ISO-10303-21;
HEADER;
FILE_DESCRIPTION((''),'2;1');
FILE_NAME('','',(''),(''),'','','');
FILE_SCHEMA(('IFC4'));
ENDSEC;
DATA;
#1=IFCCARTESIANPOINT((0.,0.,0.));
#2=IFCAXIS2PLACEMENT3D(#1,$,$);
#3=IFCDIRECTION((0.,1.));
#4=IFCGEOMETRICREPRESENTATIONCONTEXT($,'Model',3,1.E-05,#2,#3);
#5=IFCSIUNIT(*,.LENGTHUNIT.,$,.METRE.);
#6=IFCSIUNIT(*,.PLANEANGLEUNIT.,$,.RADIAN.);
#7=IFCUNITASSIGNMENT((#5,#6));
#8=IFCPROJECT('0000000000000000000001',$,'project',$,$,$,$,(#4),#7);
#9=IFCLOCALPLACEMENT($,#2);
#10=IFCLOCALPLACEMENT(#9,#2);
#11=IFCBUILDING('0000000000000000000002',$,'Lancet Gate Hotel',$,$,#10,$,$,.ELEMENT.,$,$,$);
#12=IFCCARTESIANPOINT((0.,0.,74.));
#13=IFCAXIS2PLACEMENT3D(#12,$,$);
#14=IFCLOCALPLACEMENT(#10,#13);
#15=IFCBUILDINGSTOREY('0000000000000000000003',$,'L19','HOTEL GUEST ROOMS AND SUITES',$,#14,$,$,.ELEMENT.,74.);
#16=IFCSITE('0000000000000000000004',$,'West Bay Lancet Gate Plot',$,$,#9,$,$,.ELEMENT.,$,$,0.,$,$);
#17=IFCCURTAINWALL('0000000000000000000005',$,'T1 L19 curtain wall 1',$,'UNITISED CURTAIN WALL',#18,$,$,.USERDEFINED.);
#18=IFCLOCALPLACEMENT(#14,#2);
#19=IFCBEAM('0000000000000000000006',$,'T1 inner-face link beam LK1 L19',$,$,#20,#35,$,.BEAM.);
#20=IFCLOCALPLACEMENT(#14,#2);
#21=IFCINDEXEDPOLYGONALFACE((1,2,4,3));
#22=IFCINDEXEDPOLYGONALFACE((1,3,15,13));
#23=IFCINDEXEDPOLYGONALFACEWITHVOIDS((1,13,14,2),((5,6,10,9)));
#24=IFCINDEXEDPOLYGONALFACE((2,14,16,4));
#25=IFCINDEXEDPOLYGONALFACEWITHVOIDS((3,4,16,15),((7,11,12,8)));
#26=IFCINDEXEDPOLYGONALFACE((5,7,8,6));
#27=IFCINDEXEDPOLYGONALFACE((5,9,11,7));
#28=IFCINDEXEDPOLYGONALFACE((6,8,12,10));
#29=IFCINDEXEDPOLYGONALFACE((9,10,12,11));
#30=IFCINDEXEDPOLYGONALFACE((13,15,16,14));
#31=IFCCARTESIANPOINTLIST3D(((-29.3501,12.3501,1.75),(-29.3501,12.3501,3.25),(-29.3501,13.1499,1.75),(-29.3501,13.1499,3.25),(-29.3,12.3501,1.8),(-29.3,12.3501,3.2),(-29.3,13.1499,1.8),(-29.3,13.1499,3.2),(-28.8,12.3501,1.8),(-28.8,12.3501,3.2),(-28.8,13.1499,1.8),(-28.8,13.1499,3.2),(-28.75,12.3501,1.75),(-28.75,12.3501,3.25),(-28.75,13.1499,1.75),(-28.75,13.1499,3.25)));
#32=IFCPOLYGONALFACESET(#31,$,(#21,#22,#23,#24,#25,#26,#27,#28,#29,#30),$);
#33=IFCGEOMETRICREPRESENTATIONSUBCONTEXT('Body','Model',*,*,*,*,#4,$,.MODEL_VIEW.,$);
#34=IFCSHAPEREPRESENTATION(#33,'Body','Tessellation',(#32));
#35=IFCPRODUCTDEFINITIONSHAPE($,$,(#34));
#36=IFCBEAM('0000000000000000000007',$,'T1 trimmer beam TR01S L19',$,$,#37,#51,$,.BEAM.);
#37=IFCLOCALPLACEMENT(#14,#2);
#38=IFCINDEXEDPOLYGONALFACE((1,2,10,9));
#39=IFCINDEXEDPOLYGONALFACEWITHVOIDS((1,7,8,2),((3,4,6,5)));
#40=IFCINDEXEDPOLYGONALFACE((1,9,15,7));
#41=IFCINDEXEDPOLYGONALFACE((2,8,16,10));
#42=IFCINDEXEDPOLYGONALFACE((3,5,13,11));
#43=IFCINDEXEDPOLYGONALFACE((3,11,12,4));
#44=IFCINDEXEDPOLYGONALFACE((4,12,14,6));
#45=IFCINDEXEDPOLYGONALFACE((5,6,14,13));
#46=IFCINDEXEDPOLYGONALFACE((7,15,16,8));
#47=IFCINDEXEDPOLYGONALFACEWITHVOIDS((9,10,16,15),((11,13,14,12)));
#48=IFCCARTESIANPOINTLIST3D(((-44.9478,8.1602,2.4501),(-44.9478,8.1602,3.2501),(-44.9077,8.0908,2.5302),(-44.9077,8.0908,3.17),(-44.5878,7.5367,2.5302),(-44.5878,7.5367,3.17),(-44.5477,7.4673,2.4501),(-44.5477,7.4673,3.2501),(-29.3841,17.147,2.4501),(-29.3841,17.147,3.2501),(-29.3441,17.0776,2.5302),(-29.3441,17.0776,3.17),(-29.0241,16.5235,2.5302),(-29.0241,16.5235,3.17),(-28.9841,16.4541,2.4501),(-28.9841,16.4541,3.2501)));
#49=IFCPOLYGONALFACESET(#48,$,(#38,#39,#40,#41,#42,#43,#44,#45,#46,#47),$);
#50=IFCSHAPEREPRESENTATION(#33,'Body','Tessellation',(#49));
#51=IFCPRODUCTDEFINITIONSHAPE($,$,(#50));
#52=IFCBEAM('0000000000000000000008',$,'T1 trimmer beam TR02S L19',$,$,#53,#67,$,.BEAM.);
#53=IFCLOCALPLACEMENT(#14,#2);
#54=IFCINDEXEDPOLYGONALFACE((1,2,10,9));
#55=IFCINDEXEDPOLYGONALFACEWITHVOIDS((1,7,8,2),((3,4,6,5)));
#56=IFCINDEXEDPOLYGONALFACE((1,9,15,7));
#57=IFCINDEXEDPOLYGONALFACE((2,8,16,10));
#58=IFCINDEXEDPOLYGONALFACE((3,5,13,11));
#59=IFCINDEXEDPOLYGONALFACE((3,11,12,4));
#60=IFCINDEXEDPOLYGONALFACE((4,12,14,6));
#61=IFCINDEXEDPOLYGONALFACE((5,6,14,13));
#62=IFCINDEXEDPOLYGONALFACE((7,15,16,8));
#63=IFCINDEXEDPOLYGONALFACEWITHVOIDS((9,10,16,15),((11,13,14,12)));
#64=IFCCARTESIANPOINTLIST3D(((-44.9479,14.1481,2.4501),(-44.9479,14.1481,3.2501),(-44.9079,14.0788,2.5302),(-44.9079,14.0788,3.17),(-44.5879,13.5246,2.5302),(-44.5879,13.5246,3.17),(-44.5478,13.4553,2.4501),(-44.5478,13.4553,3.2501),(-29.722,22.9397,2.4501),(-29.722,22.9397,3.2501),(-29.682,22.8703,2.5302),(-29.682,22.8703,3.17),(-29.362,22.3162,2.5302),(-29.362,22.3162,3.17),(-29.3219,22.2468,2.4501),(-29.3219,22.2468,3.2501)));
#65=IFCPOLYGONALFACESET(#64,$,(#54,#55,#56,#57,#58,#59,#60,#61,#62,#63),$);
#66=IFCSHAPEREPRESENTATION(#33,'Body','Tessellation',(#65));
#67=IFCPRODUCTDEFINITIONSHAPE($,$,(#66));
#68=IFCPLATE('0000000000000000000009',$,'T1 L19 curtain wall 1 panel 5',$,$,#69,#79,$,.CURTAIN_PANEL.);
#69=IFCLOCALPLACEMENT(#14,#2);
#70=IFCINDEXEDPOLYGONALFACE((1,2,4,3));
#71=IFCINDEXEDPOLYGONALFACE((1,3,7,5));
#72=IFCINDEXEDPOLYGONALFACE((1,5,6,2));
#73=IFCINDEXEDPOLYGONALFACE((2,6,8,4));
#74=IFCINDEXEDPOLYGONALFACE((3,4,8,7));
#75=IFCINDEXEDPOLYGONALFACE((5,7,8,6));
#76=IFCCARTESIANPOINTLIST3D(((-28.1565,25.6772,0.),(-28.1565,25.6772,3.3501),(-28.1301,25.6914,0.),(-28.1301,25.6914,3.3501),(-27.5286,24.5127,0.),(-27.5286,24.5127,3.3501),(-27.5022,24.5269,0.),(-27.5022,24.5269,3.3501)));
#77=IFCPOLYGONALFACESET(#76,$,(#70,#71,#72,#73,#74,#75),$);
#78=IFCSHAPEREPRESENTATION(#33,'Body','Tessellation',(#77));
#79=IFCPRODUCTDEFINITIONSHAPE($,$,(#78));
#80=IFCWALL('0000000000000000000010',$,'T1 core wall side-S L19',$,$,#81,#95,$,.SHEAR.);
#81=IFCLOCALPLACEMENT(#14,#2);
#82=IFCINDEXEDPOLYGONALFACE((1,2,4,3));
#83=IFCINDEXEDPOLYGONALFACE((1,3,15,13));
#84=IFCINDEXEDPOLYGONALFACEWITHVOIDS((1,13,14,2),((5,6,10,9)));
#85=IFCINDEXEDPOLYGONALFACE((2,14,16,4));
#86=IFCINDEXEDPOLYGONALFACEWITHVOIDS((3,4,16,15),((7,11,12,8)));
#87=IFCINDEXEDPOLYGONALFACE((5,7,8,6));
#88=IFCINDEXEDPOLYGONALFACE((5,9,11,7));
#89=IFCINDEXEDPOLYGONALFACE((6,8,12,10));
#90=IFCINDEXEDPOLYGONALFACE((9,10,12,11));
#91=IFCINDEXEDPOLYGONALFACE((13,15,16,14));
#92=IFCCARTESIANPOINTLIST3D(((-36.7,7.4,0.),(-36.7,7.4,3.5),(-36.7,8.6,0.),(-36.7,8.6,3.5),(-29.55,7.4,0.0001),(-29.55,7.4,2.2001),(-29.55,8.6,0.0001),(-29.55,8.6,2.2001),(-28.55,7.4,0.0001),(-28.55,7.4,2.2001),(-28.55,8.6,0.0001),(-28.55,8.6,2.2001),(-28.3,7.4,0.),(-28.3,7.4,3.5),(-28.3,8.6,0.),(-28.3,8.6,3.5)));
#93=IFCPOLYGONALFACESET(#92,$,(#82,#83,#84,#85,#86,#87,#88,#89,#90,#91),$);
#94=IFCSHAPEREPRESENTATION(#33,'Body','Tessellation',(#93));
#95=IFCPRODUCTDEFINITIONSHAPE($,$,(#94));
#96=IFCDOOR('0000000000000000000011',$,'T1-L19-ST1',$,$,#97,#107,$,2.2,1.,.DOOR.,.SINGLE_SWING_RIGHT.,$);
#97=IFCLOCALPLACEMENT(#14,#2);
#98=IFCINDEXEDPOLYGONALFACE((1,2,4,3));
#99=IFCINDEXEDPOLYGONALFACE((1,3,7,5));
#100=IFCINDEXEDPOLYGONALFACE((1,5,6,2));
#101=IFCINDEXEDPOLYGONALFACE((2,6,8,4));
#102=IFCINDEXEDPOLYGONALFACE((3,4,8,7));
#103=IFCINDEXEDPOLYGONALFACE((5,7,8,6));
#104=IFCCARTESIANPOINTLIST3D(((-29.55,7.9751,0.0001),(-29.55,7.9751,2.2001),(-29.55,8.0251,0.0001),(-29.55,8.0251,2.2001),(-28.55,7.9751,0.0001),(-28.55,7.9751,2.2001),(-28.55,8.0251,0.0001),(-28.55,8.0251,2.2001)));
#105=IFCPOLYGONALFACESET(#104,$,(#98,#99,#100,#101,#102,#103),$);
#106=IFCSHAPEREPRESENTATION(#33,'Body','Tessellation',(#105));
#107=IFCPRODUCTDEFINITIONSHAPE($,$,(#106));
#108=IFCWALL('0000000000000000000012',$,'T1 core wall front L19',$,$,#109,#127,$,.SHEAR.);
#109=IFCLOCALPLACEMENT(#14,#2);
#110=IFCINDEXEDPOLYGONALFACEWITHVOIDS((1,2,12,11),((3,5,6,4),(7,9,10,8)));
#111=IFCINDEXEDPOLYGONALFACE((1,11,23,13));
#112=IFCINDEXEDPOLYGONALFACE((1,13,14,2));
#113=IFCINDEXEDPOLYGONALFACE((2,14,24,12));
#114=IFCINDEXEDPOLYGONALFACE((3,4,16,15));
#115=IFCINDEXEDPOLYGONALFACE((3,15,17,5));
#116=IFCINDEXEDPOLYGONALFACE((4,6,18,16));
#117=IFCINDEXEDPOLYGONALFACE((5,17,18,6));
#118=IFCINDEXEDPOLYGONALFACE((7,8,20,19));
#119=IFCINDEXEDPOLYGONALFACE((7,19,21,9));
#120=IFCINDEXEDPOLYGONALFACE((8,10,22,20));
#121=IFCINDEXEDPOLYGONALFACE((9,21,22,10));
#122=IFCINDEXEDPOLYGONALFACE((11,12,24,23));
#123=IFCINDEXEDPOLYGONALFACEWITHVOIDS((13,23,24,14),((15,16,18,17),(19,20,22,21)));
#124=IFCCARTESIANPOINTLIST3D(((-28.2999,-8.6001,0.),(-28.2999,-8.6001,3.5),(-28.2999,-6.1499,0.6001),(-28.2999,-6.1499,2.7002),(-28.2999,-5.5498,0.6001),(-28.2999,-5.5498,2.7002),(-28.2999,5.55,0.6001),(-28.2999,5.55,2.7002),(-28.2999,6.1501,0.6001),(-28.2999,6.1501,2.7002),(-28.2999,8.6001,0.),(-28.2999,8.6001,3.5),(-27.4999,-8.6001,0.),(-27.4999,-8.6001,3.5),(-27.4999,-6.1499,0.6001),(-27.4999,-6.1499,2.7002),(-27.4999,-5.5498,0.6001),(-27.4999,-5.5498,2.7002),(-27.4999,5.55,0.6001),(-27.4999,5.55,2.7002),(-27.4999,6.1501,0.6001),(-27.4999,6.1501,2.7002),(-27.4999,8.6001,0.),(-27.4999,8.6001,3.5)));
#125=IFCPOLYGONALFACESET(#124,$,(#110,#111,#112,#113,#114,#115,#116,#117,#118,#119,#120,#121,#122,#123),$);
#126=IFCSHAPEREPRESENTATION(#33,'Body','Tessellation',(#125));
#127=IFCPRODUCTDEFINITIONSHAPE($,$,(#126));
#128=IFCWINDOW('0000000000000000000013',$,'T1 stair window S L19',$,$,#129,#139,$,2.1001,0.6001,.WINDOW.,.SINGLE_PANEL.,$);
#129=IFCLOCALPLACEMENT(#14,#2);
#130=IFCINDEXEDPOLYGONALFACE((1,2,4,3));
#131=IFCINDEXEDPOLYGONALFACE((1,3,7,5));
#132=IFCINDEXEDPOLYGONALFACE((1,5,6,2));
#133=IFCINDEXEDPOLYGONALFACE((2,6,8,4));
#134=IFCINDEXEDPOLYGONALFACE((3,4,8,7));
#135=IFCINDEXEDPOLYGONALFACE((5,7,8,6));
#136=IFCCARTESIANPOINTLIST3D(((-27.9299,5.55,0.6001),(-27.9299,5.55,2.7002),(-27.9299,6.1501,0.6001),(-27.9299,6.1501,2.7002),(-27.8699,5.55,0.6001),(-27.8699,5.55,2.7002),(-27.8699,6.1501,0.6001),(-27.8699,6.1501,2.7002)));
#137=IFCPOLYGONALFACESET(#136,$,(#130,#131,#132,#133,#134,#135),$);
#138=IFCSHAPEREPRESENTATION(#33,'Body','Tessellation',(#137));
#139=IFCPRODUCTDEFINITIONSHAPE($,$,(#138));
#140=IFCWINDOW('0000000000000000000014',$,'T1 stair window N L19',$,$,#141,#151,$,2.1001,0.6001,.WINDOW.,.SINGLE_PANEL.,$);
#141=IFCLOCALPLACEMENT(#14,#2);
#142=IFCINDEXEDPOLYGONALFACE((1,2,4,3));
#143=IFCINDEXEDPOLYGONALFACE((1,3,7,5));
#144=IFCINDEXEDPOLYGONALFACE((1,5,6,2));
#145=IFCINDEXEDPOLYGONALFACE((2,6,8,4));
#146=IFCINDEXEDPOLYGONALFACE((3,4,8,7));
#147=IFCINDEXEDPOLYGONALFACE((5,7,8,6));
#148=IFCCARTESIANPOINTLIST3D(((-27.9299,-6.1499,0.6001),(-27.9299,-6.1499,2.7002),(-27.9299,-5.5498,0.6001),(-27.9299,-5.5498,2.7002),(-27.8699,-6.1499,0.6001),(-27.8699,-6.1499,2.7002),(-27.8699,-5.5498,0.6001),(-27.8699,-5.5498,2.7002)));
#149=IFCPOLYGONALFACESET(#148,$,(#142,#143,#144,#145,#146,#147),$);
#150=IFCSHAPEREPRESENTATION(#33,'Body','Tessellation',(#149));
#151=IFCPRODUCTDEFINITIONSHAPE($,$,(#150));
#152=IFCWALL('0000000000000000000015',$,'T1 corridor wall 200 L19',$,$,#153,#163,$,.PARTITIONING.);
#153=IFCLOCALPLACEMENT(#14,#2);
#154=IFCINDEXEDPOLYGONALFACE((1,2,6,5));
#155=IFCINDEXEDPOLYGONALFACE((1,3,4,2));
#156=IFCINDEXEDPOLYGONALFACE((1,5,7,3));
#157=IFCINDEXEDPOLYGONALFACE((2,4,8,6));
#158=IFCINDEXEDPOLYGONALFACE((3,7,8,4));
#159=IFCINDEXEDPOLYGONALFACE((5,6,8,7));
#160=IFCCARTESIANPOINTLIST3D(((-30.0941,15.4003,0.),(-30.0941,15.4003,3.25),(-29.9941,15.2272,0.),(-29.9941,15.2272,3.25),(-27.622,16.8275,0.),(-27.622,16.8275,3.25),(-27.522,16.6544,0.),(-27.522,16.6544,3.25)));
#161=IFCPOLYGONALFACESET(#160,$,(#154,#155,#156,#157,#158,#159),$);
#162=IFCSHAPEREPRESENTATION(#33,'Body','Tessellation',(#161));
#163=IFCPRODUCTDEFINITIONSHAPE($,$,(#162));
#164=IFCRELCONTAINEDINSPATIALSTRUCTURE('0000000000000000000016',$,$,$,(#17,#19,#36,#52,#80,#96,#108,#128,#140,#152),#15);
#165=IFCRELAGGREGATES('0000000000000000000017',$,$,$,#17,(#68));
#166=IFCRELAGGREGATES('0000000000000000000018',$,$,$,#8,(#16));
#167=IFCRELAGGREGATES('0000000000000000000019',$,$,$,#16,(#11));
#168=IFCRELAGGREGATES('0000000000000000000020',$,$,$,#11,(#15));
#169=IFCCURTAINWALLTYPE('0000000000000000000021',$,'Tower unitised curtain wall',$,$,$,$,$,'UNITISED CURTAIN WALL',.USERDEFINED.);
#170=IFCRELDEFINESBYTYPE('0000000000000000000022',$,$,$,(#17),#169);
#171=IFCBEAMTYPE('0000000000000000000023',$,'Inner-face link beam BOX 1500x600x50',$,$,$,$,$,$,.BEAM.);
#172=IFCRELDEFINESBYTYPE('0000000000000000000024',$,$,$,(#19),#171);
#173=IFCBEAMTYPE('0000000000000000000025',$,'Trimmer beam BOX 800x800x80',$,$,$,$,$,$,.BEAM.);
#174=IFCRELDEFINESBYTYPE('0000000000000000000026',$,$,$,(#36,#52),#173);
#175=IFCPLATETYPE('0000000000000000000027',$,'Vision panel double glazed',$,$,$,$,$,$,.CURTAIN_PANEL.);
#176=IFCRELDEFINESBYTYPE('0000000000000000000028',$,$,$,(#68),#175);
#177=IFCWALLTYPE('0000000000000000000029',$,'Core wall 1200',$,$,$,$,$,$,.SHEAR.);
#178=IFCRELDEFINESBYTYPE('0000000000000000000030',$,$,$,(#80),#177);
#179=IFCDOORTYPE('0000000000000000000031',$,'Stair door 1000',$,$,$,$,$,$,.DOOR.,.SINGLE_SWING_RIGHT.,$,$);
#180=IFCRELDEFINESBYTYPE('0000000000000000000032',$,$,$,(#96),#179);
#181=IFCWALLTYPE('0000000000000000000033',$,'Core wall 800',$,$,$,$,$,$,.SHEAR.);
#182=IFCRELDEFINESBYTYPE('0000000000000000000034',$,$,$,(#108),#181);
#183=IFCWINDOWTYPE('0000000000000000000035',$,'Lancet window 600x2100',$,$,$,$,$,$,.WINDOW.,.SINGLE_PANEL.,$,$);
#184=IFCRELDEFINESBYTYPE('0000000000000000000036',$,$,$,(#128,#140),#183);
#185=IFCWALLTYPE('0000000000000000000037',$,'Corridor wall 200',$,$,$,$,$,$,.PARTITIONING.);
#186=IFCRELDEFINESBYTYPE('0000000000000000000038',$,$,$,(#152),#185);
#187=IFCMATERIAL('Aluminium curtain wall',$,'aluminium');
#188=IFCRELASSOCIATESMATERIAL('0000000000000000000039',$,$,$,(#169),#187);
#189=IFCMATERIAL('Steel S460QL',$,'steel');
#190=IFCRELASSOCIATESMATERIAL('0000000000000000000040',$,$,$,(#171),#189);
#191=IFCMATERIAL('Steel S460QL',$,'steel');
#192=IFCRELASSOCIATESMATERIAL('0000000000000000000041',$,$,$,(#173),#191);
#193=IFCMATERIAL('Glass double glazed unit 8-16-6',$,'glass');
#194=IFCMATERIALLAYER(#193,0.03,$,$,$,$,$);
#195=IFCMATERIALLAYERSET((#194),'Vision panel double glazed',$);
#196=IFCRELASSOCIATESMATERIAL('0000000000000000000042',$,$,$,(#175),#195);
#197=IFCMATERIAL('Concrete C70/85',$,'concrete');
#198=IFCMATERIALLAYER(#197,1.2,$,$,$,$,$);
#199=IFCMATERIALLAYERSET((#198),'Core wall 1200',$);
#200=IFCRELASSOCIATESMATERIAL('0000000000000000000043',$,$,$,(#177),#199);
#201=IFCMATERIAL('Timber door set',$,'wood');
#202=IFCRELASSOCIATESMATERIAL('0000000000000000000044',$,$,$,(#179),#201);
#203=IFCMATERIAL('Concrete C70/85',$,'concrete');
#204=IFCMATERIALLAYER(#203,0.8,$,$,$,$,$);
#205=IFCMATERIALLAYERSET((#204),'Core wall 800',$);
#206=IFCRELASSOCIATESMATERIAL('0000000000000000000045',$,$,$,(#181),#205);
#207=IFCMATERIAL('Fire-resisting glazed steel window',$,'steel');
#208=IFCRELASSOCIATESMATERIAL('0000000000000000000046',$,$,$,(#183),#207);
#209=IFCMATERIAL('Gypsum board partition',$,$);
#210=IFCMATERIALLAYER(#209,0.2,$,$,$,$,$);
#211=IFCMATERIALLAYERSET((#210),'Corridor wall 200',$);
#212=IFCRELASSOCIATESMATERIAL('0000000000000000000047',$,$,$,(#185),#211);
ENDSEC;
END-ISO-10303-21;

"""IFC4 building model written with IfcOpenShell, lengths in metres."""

from ifc_helpers import new_model, si_unit, direction, frame, frame_2d, origin, origin_2d, place, context, subcontext, project, spatial, rectangle, hollow_rectangle, extrude, material, layer, layer_set, material_profile, profile_set, type_object, element, fill, aggregate, save


model = new_model("IFC4")

# Units and contexts
model_context = context("Model", 3, precision=1e-05, world=origin(), true_north=direction((0.0, 1.0)))
body_context = subcontext(model_context, "Body", "Model", "MODEL_VIEW")
ifc_project = project(units=[si_unit("LENGTHUNIT", "METRE"), si_unit("PLANEANGLEUNIT", "RADIAN")], contexts=[model_context])

# Site, building, storey
site_placement = place(None, origin())
site = spatial("IfcSite", under=ifc_project, at=site_placement, Name="West Bay Lancet Gate Plot", CompositionType="ELEMENT", RefElevation=0.0)
building_placement = place(site_placement, origin())
building = spatial("IfcBuilding", under=site, at=building_placement, Name="Lancet Gate Hotel", CompositionType="ELEMENT")
storey_placement = place(building_placement, frame((0.0, 0.0, 74.0)))
storey = spatial("IfcBuildingStorey", under=building, at=storey_placement, Name="L19", Description="HOTEL GUEST ROOMS AND SUITES", CompositionType="ELEMENT", Elevation=74.0)

# Curtain wall
ifc_material_1 = material(Name="Aluminium curtain wall", Category="aluminium")
curtain_wall_type = type_object("IfcCurtainWallType", Name="Tower unitised curtain wall", ElementType="UNITISED CURTAIN WALL", PredefinedType="USERDEFINED", material=ifc_material_1)
curtain_wall_placement = place(storey_placement, origin())
curtain_wall = element("IfcCurtainWall", 1, at=curtain_wall_placement, inside=storey, type_object=curtain_wall_type, Name="T1 L19 curtain wall 1", ObjectType="UNITISED CURTAIN WALL", PredefinedType="USERDEFINED")

# Beams
ifc_material_2 = material(Name="Steel S460QL", Category="steel")
ifc_material_profile_1 = material_profile(ifc_material_2, hollow_rectangle(XDim=0.6001, YDim=1.5, WallThickness=0.05, at=origin_2d()), Name="BOX 1500x600x50")
ifc_profile_set_1 = profile_set([ifc_material_profile_1], Name="Steel S460QL")
beam_type_1 = type_object("IfcBeamType", Name="Inner-face link beam BOX 1500x600x50", PredefinedType="BEAM", material=ifc_profile_set_1)
beam_1_placement = place(storey_placement, frame((-29.05, 13.1499, 2.5), z_axis=(0.0, -1.0, 0.0), x_axis=(1.0, 0.0, 0.0)))
element("IfcBeam", 2, at=beam_1_placement, inside=storey, type_object=beam_type_1, Name="T1 inner-face link beam LK1 L19", PredefinedType="BEAM", context=body_context, shape_type="SweptSolid", body=[
    extrude(hollow_rectangle(XDim=0.6001, YDim=1.5, WallThickness=0.05, at=origin_2d()), origin(), (0.0, 0.0, 1.0), 0.7998),
])
ifc_material_3 = material(Name="Steel S460QL", Category="steel")
ifc_material_profile_2 = material_profile(ifc_material_3, hollow_rectangle(XDim=0.8, YDim=0.8, WallThickness=0.0801, at=origin_2d()), Name="BOX 800x800x80")
ifc_profile_set_2 = profile_set([ifc_material_profile_2], Name="Steel S460QL")
beam_type_2 = type_object("IfcBeamType", Name="Trimmer beam BOX 800x800x80", PredefinedType="BEAM", material=ifc_profile_set_2)
beam_2_placement = place(storey_placement, frame((-29.1841, 16.8005, 2.8501), z_axis=(-0.865999, -0.500046, 0.0), x_axis=(0.500046, -0.865999, 0.0)))
element("IfcBeam", 3, at=beam_2_placement, inside=storey, type_object=beam_type_2, Name="T1 trimmer beam TR01S L19", PredefinedType="BEAM", context=body_context, shape_type="SweptSolid", body=[
    extrude(hollow_rectangle(XDim=0.8, YDim=0.8, WallThickness=0.0801, at=origin_2d()), origin(), (0.0, 0.0, 1.0), 17.9719),
])
beam_3_placement = place(storey_placement, frame((-29.522, 22.5933, 2.8501), z_axis=(-0.866004, -0.500037, 0.0), x_axis=(0.500037, -0.866004, 0.0)))
element("IfcBeam", 4, at=beam_3_placement, inside=storey, type_object=beam_type_2, Name="T1 trimmer beam TR02S L19", PredefinedType="BEAM", context=body_context, shape_type="SweptSolid", body=[
    extrude(hollow_rectangle(XDim=0.8, YDim=0.8, WallThickness=0.0801, at=origin_2d()), origin(), (0.0, 0.0, 1.0), 17.5818),
])

# Plate
ifc_material_4 = material(Name="Glass double glazed unit 8-16-6", Category="glass")
ifc_layer_1 = layer(ifc_material_4, 0.03)
ifc_layer_set_1 = layer_set([ifc_layer_1], Name="Vision panel double glazed")
plate_type = type_object("IfcPlateType", Name="Vision panel double glazed", PredefinedType="CURTAIN_PANEL", material=ifc_layer_set_1)
plate_placement = place(storey_placement, frame((-27.8293, 25.1021, 0.0), z_axis=(0.0, 0.0, 1.0), x_axis=(-0.474631, 0.880185, 0.0)))
plate = element("IfcPlate", 5, at=plate_placement, type_object=plate_type, Name="T1 L19 curtain wall 1 panel 5", PredefinedType="CURTAIN_PANEL", context=body_context, shape_type="SweptSolid", body=[
    extrude(rectangle(XDim=1.323, YDim=0.03, at=origin_2d()), origin(), (0.0, 0.0, 1.0), 3.3501),
])
aggregate(curtain_wall, [plate])

# Wall, opening, door
ifc_material_5 = material(Name="Concrete C70/85", Category="concrete")
ifc_layer_2 = layer(ifc_material_5, 1.2)
ifc_layer_set_2 = layer_set([ifc_layer_2], Name="Core wall 1200")
wall_type_1 = type_object("IfcWallType", Name="Core wall 1200", PredefinedType="SHEAR", material=ifc_layer_set_2)
wall_1_placement = place(storey_placement, frame((-28.3, 8.0, 0.0), z_axis=(0.0, 0.0, 1.0), x_axis=(-1.0, 0.0, 0.0)))
wall_1 = element("IfcWall", 6, at=wall_1_placement, inside=storey, type_object=wall_type_1, Name="T1 core wall side-S L19", PredefinedType="SHEAR", context=body_context, shape_type="SweptSolid", body=[
    extrude(rectangle(XDim=8.3999, YDim=1.2, at=frame_2d((4.2, 0.0))), origin(), (0.0, 0.0, 1.0), 3.5),
])
opening_1_placement = place(wall_1_placement, frame((0.25, 0.0, 0.0)))
opening_1 = element("IfcOpeningElement", 7, at=opening_1_placement, cuts=wall_1, PredefinedType="OPENING", context=body_context, shape_type="SweptSolid", body=[
    extrude(rectangle(XDim=1.0, YDim=2.2, at=frame_2d((0.5, 1.1001))), frame((0.0, 0.6099, 0.0), z_axis=(0.0, -1.0, 0.0), x_axis=(1.0, 0.0, 0.0)), (0.0, 0.0, 1.0), 1.22),
])
ifc_material_6 = material(Name="Timber door set", Category="wood")
door_type = type_object("IfcDoorType", Name="Stair door 1000", OperationType="SINGLE_SWING_RIGHT", PredefinedType="DOOR", material=ifc_material_6)
door_placement = place(opening_1_placement, origin())
door = element("IfcDoor", 8, at=door_placement, inside=storey, type_object=door_type, Name="T1-L19-ST1", OperationType="SINGLE_SWING_RIGHT", OverallHeight=2.2, OverallWidth=1.0, PredefinedType="DOOR", context=body_context, shape_type="SweptSolid", body=[
    extrude(rectangle(XDim=1.0, YDim=2.2, at=frame_2d((0.5, 1.1001))), frame((0.0, 0.0249, 0.0), z_axis=(0.0, -1.0, 0.0), x_axis=(1.0, 0.0, 0.0)), (0.0, 0.0, 1.0), 0.05),
])
fill(opening_1, door)

# Wall, openings, windows
ifc_material_7 = material(Name="Concrete C70/85", Category="concrete")
ifc_layer_3 = layer(ifc_material_7, 0.8)
ifc_layer_set_3 = layer_set([ifc_layer_3], Name="Core wall 800")
wall_type_2 = type_object("IfcWallType", Name="Core wall 800", PredefinedType="SHEAR", material=ifc_layer_set_3)
wall_2_placement = place(storey_placement, frame((-27.8999, 8.6001, 0.0), z_axis=(0.0, 0.0, 1.0), x_axis=(0.0, -1.0, 0.0)))
wall_2 = element("IfcWall", 9, at=wall_2_placement, inside=storey, type_object=wall_type_2, Name="T1 core wall front L19", PredefinedType="SHEAR", context=body_context, shape_type="SweptSolid", body=[
    extrude(rectangle(XDim=17.2002, YDim=0.8, at=frame_2d((8.6001, 0.0))), origin(), (0.0, 0.0, 1.0), 3.5),
])
opening_2_placement = place(wall_2_placement, frame((2.45, 0.0, 0.6001)))
opening_2 = element("IfcOpeningElement", 10, at=opening_2_placement, cuts=wall_2, PredefinedType="OPENING", context=body_context, shape_type="SweptSolid", body=[
    extrude(rectangle(XDim=0.6001, YDim=2.1001, at=frame_2d((0.3, 1.05))), frame((0.0, 0.4099, 0.0), z_axis=(0.0, -1.0, 0.0), x_axis=(1.0, 0.0, 0.0)), (0.0, 0.0, 1.0), 0.8201),
])
opening_3_placement = place(wall_2_placement, frame((14.1499, 0.0, 0.6001)))
opening_3 = element("IfcOpeningElement", 11, at=opening_3_placement, cuts=wall_2, PredefinedType="OPENING", context=body_context, shape_type="SweptSolid", body=[
    extrude(rectangle(XDim=0.6001, YDim=2.1001, at=frame_2d((0.3, 1.05))), frame((0.0, 0.4099, 0.0), z_axis=(0.0, -1.0, 0.0), x_axis=(1.0, 0.0, 0.0)), (0.0, 0.0, 1.0), 0.8201),
])
ifc_material_8 = material(Name="Fire-resisting glazed steel window", Category="steel")
window_type = type_object("IfcWindowType", Name="Lancet window 600x2100", PartitioningType="SINGLE_PANEL", PredefinedType="WINDOW", material=ifc_material_8)
window_1_placement = place(opening_2_placement, origin())
window_1 = element("IfcWindow", 12, at=window_1_placement, inside=storey, type_object=window_type, Name="T1 stair window S L19", OverallHeight=2.1001, OverallWidth=0.6001, PartitioningType="SINGLE_PANEL", PredefinedType="WINDOW", context=body_context, shape_type="SweptSolid", body=[
    extrude(rectangle(XDim=0.6001, YDim=2.1001, at=frame_2d((0.3, 1.05))), frame((0.0, 0.03, 0.0), z_axis=(0.0, -1.0, 0.0), x_axis=(1.0, 0.0, 0.0)), (0.0, 0.0, 1.0), 0.0601),
])
fill(opening_2, window_1)
window_2_placement = place(opening_3_placement, origin())
window_2 = element("IfcWindow", 13, at=window_2_placement, inside=storey, type_object=window_type, Name="T1 stair window N L19", OverallHeight=2.1001, OverallWidth=0.6001, PartitioningType="SINGLE_PANEL", PredefinedType="WINDOW", context=body_context, shape_type="SweptSolid", body=[
    extrude(rectangle(XDim=0.6001, YDim=2.1001, at=frame_2d((0.3, 1.05))), frame((0.0, 0.03, 0.0), z_axis=(0.0, -1.0, 0.0), x_axis=(1.0, 0.0, 0.0)), (0.0, 0.0, 1.0), 0.0601),
])
fill(opening_3, window_2)

# Wall
ifc_material_9 = material(Name="Gypsum board partition")
ifc_layer_4 = layer(ifc_material_9, 0.2)
ifc_layer_set_4 = layer_set([ifc_layer_4], Name="Corridor wall 200")
wall_type_3 = type_object("IfcWallType", Name="Corridor wall 200", PredefinedType="PARTITIONING", material=ifc_layer_set_4)
wall_3_placement = place(storey_placement, frame((-27.572, 16.741, 0.0), z_axis=(0.0, 0.0, 1.0), x_axis=(-0.866035, -0.499984, 0.0)))
element("IfcWall", 14, at=wall_3_placement, inside=storey, type_object=wall_type_3, Name="T1 corridor wall 200 L19", PredefinedType="PARTITIONING", context=body_context, shape_type="SweptSolid", body=[
    extrude(rectangle(XDim=2.8545, YDim=0.2, at=frame_2d((1.4272, 0.0))), origin(), (0.0, 0.0, 1.0), 3.25),
])

save(model, "model.ifc")
